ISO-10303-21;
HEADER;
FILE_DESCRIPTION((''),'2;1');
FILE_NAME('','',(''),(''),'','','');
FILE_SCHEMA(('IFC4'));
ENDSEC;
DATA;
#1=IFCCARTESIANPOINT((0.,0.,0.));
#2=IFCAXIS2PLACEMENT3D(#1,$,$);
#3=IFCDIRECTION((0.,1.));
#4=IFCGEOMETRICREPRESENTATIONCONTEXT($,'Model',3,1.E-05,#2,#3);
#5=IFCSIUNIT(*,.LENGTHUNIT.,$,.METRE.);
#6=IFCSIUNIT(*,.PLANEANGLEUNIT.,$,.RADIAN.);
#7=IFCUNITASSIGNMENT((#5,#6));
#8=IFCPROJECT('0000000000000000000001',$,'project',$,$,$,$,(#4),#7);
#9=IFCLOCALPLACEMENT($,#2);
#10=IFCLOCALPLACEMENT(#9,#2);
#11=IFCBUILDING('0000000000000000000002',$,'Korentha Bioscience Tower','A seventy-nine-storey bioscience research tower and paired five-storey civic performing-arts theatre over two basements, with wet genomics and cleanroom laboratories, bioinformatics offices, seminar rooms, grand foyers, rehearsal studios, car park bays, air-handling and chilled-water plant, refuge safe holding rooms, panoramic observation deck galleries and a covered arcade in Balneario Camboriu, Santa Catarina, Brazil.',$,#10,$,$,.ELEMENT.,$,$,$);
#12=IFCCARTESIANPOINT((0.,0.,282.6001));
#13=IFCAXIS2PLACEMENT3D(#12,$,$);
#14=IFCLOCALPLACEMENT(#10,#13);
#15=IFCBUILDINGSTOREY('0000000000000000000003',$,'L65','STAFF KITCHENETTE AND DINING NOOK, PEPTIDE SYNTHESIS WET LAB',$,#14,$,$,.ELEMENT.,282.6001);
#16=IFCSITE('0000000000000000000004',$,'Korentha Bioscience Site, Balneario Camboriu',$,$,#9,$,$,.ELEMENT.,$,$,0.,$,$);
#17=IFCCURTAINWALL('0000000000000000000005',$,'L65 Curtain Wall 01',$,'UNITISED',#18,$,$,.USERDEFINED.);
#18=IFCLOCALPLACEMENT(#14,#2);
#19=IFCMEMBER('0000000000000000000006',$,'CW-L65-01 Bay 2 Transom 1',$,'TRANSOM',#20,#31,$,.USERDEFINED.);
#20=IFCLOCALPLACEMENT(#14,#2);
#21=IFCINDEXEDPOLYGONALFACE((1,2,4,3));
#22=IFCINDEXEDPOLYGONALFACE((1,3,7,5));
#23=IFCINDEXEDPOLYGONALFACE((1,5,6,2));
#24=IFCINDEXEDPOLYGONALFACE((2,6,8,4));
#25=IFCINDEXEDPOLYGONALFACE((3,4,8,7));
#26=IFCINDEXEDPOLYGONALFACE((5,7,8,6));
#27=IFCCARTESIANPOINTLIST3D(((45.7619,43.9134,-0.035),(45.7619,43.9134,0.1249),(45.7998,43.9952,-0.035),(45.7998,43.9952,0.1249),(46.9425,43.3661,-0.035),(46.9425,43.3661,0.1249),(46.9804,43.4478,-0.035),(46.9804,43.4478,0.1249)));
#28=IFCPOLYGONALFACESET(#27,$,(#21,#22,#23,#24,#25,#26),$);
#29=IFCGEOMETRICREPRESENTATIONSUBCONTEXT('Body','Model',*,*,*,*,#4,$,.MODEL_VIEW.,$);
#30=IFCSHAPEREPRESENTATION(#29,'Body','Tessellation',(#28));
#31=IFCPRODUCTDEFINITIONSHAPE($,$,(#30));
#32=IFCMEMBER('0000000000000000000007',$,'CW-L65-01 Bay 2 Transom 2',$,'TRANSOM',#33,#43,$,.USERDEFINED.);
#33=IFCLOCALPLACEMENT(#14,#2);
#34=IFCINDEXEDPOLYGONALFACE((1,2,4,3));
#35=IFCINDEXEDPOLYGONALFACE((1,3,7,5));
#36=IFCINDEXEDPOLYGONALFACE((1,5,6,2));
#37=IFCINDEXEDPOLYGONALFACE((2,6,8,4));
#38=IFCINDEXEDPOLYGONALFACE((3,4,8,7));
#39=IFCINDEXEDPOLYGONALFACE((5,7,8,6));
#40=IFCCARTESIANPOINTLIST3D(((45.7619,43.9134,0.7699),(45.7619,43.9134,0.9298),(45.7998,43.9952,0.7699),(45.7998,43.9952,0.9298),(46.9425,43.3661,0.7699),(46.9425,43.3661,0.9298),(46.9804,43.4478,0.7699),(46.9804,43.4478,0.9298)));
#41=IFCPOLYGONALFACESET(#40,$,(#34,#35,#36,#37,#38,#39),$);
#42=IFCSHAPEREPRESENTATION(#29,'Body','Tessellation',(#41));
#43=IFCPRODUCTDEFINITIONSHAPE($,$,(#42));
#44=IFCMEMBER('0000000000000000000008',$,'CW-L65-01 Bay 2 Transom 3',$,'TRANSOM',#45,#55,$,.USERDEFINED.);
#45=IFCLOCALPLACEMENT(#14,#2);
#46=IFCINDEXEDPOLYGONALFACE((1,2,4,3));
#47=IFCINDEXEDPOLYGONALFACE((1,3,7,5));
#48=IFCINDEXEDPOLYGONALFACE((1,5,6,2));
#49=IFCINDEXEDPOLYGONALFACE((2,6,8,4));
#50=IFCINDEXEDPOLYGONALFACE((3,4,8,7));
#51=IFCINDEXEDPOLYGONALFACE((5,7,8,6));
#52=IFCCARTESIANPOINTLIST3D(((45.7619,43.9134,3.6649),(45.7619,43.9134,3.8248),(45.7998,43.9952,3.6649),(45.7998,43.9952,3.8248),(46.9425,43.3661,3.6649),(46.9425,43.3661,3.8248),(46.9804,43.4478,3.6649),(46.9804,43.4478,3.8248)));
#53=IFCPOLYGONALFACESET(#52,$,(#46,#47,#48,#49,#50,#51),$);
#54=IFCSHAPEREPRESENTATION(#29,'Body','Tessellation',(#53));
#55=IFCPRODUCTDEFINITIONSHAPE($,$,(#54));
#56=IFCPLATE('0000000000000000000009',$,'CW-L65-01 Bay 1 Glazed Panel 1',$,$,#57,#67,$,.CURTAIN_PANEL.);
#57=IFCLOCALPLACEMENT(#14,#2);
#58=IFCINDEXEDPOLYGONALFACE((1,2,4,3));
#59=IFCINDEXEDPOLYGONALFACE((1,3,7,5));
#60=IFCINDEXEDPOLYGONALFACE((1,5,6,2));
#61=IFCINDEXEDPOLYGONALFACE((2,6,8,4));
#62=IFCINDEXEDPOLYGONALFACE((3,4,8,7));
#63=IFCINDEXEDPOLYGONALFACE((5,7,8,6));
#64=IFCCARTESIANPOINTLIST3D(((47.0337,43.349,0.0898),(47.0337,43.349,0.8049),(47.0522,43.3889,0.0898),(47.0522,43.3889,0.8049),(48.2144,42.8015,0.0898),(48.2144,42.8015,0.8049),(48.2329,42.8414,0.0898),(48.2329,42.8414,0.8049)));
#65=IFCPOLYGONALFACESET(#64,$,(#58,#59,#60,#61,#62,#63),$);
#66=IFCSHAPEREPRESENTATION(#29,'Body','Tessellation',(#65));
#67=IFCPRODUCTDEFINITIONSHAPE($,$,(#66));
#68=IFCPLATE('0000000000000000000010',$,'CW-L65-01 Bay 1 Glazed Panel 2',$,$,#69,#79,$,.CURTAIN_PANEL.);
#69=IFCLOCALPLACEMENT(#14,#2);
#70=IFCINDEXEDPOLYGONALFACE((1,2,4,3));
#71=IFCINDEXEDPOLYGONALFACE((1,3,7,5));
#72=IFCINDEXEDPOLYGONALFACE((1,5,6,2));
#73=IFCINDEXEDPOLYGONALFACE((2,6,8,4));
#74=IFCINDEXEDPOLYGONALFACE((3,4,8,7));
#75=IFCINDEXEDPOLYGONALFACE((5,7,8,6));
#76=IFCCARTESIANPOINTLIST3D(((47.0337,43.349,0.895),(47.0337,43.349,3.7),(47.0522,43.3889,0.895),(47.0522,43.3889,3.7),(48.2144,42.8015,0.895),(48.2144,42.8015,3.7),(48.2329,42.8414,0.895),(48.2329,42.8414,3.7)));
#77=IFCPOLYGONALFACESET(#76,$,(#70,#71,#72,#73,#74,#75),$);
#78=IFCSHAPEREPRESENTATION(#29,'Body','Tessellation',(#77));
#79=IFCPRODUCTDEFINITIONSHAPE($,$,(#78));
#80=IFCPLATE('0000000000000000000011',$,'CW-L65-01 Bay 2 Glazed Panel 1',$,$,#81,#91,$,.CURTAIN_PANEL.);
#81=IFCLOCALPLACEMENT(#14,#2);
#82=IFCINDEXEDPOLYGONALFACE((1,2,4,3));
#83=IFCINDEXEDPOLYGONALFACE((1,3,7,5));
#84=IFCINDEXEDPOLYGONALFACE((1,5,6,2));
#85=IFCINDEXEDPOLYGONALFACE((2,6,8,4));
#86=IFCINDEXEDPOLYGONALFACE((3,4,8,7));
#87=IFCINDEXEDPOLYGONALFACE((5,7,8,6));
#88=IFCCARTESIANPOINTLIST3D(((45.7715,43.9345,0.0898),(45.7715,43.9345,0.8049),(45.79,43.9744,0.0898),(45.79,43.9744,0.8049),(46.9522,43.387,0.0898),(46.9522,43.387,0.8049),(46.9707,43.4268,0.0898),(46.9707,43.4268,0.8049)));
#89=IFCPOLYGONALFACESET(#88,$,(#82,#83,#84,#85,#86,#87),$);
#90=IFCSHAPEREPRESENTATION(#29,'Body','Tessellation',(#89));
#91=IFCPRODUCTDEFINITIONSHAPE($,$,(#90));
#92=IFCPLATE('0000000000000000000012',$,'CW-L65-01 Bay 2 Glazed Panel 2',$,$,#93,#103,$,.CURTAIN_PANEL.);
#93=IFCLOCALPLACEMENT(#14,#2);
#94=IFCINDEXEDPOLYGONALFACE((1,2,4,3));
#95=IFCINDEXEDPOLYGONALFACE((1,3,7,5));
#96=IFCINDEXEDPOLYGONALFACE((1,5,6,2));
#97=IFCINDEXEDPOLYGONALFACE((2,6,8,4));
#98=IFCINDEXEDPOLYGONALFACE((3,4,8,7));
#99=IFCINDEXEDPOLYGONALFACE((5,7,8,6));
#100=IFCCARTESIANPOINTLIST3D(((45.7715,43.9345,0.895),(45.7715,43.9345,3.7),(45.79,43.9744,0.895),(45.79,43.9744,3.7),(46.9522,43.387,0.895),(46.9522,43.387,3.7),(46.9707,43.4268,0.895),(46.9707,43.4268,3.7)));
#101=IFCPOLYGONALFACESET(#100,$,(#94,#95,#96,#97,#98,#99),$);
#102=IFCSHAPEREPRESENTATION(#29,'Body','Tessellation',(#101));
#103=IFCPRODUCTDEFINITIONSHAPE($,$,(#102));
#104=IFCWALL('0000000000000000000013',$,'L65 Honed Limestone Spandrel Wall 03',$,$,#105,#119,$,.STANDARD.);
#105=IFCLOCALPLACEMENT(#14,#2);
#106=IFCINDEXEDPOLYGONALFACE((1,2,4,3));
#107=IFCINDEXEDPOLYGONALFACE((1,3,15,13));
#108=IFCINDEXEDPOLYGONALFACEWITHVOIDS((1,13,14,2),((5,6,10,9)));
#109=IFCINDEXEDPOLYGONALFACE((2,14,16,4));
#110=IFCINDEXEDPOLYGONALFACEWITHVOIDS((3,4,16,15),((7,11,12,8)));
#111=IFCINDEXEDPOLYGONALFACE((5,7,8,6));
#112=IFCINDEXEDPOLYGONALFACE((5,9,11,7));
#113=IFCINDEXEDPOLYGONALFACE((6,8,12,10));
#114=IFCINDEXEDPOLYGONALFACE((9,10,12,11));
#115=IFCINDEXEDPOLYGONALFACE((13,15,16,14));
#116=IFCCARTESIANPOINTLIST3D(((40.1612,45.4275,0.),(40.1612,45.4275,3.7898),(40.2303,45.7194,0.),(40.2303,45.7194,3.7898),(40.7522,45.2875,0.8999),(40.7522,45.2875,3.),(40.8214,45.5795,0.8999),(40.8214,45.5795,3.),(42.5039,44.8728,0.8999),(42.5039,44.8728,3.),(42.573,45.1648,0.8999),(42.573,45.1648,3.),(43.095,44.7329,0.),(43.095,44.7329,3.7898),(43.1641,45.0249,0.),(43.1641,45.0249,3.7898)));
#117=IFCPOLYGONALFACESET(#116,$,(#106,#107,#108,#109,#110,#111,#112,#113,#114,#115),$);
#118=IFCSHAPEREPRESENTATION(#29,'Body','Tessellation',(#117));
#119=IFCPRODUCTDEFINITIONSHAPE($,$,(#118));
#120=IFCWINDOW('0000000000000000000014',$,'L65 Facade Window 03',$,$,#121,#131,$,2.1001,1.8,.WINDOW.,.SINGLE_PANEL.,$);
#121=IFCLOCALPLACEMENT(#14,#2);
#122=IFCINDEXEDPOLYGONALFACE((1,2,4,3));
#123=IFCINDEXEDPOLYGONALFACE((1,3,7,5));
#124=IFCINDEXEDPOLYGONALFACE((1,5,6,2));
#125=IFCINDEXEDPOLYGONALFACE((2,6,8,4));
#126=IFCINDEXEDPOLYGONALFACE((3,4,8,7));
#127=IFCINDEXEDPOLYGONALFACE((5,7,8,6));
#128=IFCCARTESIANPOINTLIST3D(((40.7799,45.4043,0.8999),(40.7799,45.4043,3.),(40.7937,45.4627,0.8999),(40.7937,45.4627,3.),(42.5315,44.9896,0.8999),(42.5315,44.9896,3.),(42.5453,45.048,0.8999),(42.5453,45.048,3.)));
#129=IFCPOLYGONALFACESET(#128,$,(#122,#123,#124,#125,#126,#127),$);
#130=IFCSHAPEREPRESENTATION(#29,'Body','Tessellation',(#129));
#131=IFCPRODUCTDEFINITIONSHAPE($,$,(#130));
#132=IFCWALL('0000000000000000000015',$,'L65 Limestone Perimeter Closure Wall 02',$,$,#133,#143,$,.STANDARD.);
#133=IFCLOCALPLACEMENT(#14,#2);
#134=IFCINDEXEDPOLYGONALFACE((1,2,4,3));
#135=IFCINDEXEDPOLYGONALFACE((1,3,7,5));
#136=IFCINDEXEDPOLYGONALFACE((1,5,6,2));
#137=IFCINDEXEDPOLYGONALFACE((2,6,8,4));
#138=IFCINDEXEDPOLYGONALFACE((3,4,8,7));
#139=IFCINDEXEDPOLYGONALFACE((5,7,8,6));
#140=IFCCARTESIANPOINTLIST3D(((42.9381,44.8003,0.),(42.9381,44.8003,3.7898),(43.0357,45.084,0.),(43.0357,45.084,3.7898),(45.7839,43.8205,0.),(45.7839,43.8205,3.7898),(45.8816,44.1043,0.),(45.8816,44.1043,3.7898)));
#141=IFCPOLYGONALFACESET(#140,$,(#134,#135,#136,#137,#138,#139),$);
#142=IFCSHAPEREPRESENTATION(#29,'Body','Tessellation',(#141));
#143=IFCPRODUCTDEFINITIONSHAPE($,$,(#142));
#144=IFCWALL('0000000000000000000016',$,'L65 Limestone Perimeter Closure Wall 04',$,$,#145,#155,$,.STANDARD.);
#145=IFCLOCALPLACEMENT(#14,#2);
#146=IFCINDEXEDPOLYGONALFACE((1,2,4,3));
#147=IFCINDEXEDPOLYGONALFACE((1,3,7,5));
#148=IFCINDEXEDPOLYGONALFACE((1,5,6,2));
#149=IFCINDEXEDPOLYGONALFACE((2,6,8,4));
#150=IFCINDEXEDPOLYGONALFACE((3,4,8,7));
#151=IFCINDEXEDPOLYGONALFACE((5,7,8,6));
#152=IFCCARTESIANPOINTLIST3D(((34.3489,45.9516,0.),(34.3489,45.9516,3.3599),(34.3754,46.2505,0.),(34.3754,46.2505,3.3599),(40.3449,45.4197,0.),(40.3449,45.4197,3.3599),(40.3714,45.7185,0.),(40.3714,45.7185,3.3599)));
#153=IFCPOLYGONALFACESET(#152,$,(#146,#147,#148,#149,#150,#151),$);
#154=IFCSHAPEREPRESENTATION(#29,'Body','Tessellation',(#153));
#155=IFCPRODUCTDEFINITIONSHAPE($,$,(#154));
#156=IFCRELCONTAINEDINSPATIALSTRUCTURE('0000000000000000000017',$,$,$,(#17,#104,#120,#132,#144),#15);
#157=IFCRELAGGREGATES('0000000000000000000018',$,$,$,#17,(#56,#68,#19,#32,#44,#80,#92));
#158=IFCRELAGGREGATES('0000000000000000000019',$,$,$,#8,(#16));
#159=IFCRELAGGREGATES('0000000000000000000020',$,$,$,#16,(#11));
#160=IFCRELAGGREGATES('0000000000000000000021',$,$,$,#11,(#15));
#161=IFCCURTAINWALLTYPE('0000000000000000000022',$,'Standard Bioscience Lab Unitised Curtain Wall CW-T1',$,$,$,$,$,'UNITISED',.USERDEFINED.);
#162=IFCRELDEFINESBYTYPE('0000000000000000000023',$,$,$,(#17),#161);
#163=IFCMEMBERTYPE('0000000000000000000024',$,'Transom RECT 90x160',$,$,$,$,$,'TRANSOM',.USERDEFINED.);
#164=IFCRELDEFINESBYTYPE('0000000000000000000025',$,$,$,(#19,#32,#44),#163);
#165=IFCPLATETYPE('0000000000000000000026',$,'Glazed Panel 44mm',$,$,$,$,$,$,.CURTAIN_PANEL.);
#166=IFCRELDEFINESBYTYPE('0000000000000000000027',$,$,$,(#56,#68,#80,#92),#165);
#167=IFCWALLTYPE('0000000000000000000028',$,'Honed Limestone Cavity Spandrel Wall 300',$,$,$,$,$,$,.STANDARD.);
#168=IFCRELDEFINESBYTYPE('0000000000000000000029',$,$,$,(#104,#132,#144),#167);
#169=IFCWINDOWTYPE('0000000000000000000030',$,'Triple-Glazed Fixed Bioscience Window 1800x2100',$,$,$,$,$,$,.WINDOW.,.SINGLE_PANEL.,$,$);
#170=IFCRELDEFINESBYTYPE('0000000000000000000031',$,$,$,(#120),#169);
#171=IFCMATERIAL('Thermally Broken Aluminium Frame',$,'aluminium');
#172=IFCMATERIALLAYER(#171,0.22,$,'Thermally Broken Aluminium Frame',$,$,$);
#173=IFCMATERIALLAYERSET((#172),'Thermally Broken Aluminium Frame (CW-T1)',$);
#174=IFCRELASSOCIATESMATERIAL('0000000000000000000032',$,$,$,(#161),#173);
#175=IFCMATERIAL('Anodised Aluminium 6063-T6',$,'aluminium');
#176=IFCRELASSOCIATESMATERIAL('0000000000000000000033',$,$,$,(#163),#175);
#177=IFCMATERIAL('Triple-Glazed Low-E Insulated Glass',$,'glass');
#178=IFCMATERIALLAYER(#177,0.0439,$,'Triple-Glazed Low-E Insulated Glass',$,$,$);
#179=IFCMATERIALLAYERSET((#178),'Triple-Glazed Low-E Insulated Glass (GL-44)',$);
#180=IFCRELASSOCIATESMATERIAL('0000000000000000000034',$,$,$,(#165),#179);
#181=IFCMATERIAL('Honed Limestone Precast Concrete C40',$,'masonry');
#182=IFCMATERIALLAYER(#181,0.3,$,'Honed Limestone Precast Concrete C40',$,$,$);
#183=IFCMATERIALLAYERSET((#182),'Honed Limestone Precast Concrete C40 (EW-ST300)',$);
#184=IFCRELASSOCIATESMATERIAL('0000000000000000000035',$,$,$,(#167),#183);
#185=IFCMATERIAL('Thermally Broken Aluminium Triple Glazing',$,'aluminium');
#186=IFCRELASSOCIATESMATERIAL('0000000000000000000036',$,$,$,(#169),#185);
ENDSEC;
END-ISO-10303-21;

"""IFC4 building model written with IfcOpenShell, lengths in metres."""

from ifc_helpers import new_model, si_unit, direction, frame, frame_2d, origin, origin_2d, place, context, subcontext, project, spatial, rectangle, extrude, material, layer, layer_set, material_profile, profile_set, type_object, element, fill, aggregate, save


model = new_model("IFC4")

# Units and contexts
model_context = context("Model", 3, precision=1e-05, world=origin(), true_north=direction((0.0, 1.0)))
body_context = subcontext(model_context, "Body", "Model", "MODEL_VIEW")
ifc_project = project(units=[si_unit("LENGTHUNIT", "METRE"), si_unit("PLANEANGLEUNIT", "RADIAN")], contexts=[model_context])

# Site, building, storey
site_placement = place(None, origin())
site = spatial("IfcSite", under=ifc_project, at=site_placement, Name="Korentha Bioscience Site, Balneario Camboriu", CompositionType="ELEMENT", RefElevation=0.0)
building_placement = place(site_placement, origin())
building = spatial("IfcBuilding", under=site, at=building_placement, Name="Korentha Bioscience Tower", Description="A seventy-nine-storey bioscience research tower and paired five-storey civic performing-arts theatre over two basements, with wet genomics and cleanroom laboratories, bioinformatics offices, seminar rooms, grand foyers, rehearsal studios, car park bays, air-handling and chilled-water plant, refuge safe holding rooms, panoramic observation deck galleries and a covered arcade in Balneario Camboriu, Santa Catarina, Brazil.", CompositionType="ELEMENT")
storey_placement = place(building_placement, frame((0.0, 0.0, 282.6001)))
storey = spatial("IfcBuildingStorey", under=building, at=storey_placement, Name="L65", Description="STAFF KITCHENETTE AND DINING NOOK, PEPTIDE SYNTHESIS WET LAB", CompositionType="ELEMENT", Elevation=282.6001)

# Curtain wall
ifc_material_1 = material(Name="Thermally Broken Aluminium Frame", Category="aluminium")
ifc_layer_1 = layer(ifc_material_1, 0.22, Name="Thermally Broken Aluminium Frame")
ifc_layer_set_1 = layer_set([ifc_layer_1], Name="Thermally Broken Aluminium Frame (CW-T1)")
curtain_wall_type = type_object("IfcCurtainWallType", Name="Standard Bioscience Lab Unitised Curtain Wall CW-T1", ElementType="UNITISED", PredefinedType="USERDEFINED", material=ifc_layer_set_1)
curtain_wall_placement = place(storey_placement, origin())
curtain_wall = element("IfcCurtainWall", 1, at=curtain_wall_placement, inside=storey, type_object=curtain_wall_type, Name="L65 Curtain Wall 01", ObjectType="UNITISED", PredefinedType="USERDEFINED")
ifc_material_2 = material(Name="Anodised Aluminium 6063-T6", Category="aluminium")

# Members
ifc_material_profile_1 = material_profile(ifc_material_2, rectangle(XDim=0.0901, YDim=0.1599, at=origin_2d()), Name="Anodised Aluminium 6063-T6")
ifc_profile_set_1 = profile_set([ifc_material_profile_1], Name="Anodised Aluminium 6063-T6 (CW-TRN)")
member_type_1 = type_object("IfcMemberType", Name="Transom RECT 90x160", ElementType="TRANSOM", PredefinedType="USERDEFINED", material=ifc_profile_set_1)
member_1_placement = place(storey_placement, frame((46.9614, 43.407, 0.0449), z_axis=(-0.907244, 0.420604, 0.0), x_axis=(-0.420604, -0.907244, 0.0)))
member_1 = element("IfcMember", 2, at=member_1_placement, type_object=member_type_1, Name="CW-L65-01 Bay 2 Transom 1", ObjectType="TRANSOM", PredefinedType="USERDEFINED", context=body_context, shape_type="SweptSolid", body=[
    extrude(rectangle(XDim=0.0901, YDim=0.1599, at=origin_2d()), origin(), (0.0, 0.0, 1.0), 1.3013),
])
member_2_placement = place(storey_placement, frame((46.9614, 43.407, 0.8499), z_axis=(-0.907244, 0.420604, 0.0), x_axis=(-0.420604, -0.907244, 0.0)))
member_2 = element("IfcMember", 3, at=member_2_placement, type_object=member_type_1, Name="CW-L65-01 Bay 2 Transom 2", ObjectType="TRANSOM", PredefinedType="USERDEFINED", context=body_context, shape_type="SweptSolid", body=[
    extrude(rectangle(XDim=0.0901, YDim=0.1599, at=origin_2d()), origin(), (0.0, 0.0, 1.0), 1.3013),
])
member_3_placement = place(storey_placement, frame((46.9614, 43.407, 3.7449), z_axis=(-0.907244, 0.420604, 0.0), x_axis=(-0.420604, -0.907244, 0.0)))
member_3 = element("IfcMember", 4, at=member_3_placement, type_object=member_type_1, Name="CW-L65-01 Bay 2 Transom 3", ObjectType="TRANSOM", PredefinedType="USERDEFINED", context=body_context, shape_type="SweptSolid", body=[
    extrude(rectangle(XDim=0.0901, YDim=0.1599, at=origin_2d()), origin(), (0.0, 0.0, 1.0), 1.3013),
])

# Plates
ifc_material_3 = material(Name="Triple-Glazed Low-E Insulated Glass", Category="glass")
ifc_layer_2 = layer(ifc_material_3, 0.0439, Name="Triple-Glazed Low-E Insulated Glass")
ifc_layer_set_2 = layer_set([ifc_layer_2], Name="Triple-Glazed Low-E Insulated Glass (GL-44)")
plate_type = type_object("IfcPlateType", Name="Glazed Panel 44mm", PredefinedType="CURTAIN_PANEL", material=ifc_layer_set_2)
plate_1_placement = place(storey_placement, frame((47.6333, 43.0952, 0.0898), z_axis=(0.0, 0.0, 1.0), x_axis=(-0.907204, 0.420691, 0.0)))
plate_1 = element("IfcPlate", 5, at=plate_1_placement, type_object=plate_type, Name="CW-L65-01 Bay 1 Glazed Panel 1", PredefinedType="CURTAIN_PANEL", context=body_context, shape_type="SweptSolid", body=[
    extrude(rectangle(XDim=1.3015, YDim=0.0439, at=origin_2d()), origin(), (0.0, 0.0, 1.0), 0.7151),
])
plate_2_placement = place(storey_placement, frame((47.6333, 43.0952, 0.895), z_axis=(0.0, 0.0, 1.0), x_axis=(-0.907204, 0.420691, 0.0)))
plate_2 = element("IfcPlate", 6, at=plate_2_placement, type_object=plate_type, Name="CW-L65-01 Bay 1 Glazed Panel 2", PredefinedType="CURTAIN_PANEL", context=body_context, shape_type="SweptSolid", body=[
    extrude(rectangle(XDim=1.3015, YDim=0.0439, at=origin_2d()), origin(), (0.0, 0.0, 1.0), 2.8049),
])
plate_3_placement = place(storey_placement, frame((46.3711, 43.6807, 0.0898), z_axis=(0.0, 0.0, 1.0), x_axis=(-0.907204, 0.420691, 0.0)))
plate_3 = element("IfcPlate", 7, at=plate_3_placement, type_object=plate_type, Name="CW-L65-01 Bay 2 Glazed Panel 1", PredefinedType="CURTAIN_PANEL", context=body_context, shape_type="SweptSolid", body=[
    extrude(rectangle(XDim=1.3015, YDim=0.0439, at=origin_2d()), origin(), (0.0, 0.0, 1.0), 0.7151),
])
plate_4_placement = place(storey_placement, frame((46.3711, 43.6807, 0.895), z_axis=(0.0, 0.0, 1.0), x_axis=(-0.907204, 0.420691, 0.0)))
plate_4 = element("IfcPlate", 8, at=plate_4_placement, type_object=plate_type, Name="CW-L65-01 Bay 2 Glazed Panel 2", PredefinedType="CURTAIN_PANEL", context=body_context, shape_type="SweptSolid", body=[
    extrude(rectangle(XDim=1.3015, YDim=0.0439, at=origin_2d()), origin(), (0.0, 0.0, 1.0), 2.8049),
])
aggregate(curtain_wall, [plate_1, plate_2, member_1, member_2, member_3, plate_3, plate_4])

# Wall, opening, window
ifc_material_4 = material(Name="Honed Limestone Precast Concrete C40", Category="masonry")
ifc_layer_3 = layer(ifc_material_4, 0.3, Name="Honed Limestone Precast Concrete C40")
ifc_layer_set_3 = layer_set([ifc_layer_3], Name="Honed Limestone Precast Concrete C40 (EW-ST300)")
wall_type = type_object("IfcWallType", Name="Honed Limestone Cavity Spandrel Wall 300", PredefinedType="STANDARD", material=ifc_layer_set_3)
wall_1_placement = place(storey_placement, frame((43.1294, 44.8789, 0.0), z_axis=(0.0, 0.0, 1.0), x_axis=(-0.973101, 0.23038, 0.0)))
wall_1 = element("IfcWall", 9, at=wall_1_placement, inside=storey, type_object=wall_type, Name="L65 Honed Limestone Spandrel Wall 03", PredefinedType="STANDARD", context=body_context, shape_type="SweptSolid", body=[
    extrude(rectangle(XDim=3.0149, YDim=0.3, at=frame_2d((1.5073, 0.0))), origin(), (0.0, 0.0, 1.0), 3.7898),
])
opening_placement = place(wall_1_placement, frame((0.6074, 0.0, 0.8999)))
opening = element("IfcOpeningElement", 10, at=opening_placement, cuts=wall_1, PredefinedType="OPENING", context=body_context, shape_type="SweptSolid", body=[
    extrude(rectangle(XDim=1.8, YDim=2.1001, at=frame_2d((0.8999, 1.05))), frame((0.0, 0.165, 0.0), z_axis=(0.0, -1.0, 0.0), x_axis=(1.0, 0.0, 0.0)), (0.0, 0.0, 1.0), 0.3298),
])
ifc_material_5 = material(Name="Thermally Broken Aluminium Triple Glazing", Category="aluminium")
window_type = type_object("IfcWindowType", Name="Triple-Glazed Fixed Bioscience Window 1800x2100", PartitioningType="SINGLE_PANEL", PredefinedType="WINDOW", material=ifc_material_5)
window_placement = place(opening_placement, origin())
window = element("IfcWindow", 11, at=window_placement, inside=storey, type_object=window_type, Name="L65 Facade Window 03", OverallHeight=2.1001, OverallWidth=1.8, PartitioningType="SINGLE_PANEL", PredefinedType="WINDOW", context=body_context, shape_type="SweptSolid", body=[
    extrude(rectangle(XDim=1.8, YDim=2.1001, at=frame_2d((0.8999, 1.05))), frame((0.0, 0.03, 0.0), z_axis=(0.0, -1.0, 0.0), x_axis=(1.0, 0.0, 0.0)), (0.0, 0.0, 1.0), 0.0601),
])
fill(opening, window)

# Walls
wall_2_placement = place(storey_placement, frame((45.8328, 43.9624, 0.0), z_axis=(0.0, 0.0, 1.0), x_axis=(-0.945539, 0.325508, 0.0)))
element("IfcWall", 12, at=wall_2_placement, inside=storey, type_object=wall_type, Name="L65 Limestone Perimeter Closure Wall 02", PredefinedType="STANDARD", context=body_context, shape_type="SweptSolid", body=[
    extrude(rectangle(XDim=3.0098, YDim=0.3, at=frame_2d((1.5049, 0.0))), origin(), (0.0, 0.0, 1.0), 3.7898),
])
wall_3_placement = place(storey_placement, frame((40.3582, 45.5691, 0.0), z_axis=(0.0, 0.0, 1.0), x_axis=(-0.996087, 0.088374, 0.0)))
element("IfcWall", 13, at=wall_3_placement, inside=storey, type_object=wall_type, Name="L65 Limestone Perimeter Closure Wall 04", PredefinedType="STANDARD", context=body_context, shape_type="SweptSolid", body=[
    extrude(rectangle(XDim=6.0195, YDim=0.3, at=frame_2d((3.0098, 0.0))), origin(), (0.0, 0.0, 1.0), 3.3599),
])

save(model, "model.ifc")
